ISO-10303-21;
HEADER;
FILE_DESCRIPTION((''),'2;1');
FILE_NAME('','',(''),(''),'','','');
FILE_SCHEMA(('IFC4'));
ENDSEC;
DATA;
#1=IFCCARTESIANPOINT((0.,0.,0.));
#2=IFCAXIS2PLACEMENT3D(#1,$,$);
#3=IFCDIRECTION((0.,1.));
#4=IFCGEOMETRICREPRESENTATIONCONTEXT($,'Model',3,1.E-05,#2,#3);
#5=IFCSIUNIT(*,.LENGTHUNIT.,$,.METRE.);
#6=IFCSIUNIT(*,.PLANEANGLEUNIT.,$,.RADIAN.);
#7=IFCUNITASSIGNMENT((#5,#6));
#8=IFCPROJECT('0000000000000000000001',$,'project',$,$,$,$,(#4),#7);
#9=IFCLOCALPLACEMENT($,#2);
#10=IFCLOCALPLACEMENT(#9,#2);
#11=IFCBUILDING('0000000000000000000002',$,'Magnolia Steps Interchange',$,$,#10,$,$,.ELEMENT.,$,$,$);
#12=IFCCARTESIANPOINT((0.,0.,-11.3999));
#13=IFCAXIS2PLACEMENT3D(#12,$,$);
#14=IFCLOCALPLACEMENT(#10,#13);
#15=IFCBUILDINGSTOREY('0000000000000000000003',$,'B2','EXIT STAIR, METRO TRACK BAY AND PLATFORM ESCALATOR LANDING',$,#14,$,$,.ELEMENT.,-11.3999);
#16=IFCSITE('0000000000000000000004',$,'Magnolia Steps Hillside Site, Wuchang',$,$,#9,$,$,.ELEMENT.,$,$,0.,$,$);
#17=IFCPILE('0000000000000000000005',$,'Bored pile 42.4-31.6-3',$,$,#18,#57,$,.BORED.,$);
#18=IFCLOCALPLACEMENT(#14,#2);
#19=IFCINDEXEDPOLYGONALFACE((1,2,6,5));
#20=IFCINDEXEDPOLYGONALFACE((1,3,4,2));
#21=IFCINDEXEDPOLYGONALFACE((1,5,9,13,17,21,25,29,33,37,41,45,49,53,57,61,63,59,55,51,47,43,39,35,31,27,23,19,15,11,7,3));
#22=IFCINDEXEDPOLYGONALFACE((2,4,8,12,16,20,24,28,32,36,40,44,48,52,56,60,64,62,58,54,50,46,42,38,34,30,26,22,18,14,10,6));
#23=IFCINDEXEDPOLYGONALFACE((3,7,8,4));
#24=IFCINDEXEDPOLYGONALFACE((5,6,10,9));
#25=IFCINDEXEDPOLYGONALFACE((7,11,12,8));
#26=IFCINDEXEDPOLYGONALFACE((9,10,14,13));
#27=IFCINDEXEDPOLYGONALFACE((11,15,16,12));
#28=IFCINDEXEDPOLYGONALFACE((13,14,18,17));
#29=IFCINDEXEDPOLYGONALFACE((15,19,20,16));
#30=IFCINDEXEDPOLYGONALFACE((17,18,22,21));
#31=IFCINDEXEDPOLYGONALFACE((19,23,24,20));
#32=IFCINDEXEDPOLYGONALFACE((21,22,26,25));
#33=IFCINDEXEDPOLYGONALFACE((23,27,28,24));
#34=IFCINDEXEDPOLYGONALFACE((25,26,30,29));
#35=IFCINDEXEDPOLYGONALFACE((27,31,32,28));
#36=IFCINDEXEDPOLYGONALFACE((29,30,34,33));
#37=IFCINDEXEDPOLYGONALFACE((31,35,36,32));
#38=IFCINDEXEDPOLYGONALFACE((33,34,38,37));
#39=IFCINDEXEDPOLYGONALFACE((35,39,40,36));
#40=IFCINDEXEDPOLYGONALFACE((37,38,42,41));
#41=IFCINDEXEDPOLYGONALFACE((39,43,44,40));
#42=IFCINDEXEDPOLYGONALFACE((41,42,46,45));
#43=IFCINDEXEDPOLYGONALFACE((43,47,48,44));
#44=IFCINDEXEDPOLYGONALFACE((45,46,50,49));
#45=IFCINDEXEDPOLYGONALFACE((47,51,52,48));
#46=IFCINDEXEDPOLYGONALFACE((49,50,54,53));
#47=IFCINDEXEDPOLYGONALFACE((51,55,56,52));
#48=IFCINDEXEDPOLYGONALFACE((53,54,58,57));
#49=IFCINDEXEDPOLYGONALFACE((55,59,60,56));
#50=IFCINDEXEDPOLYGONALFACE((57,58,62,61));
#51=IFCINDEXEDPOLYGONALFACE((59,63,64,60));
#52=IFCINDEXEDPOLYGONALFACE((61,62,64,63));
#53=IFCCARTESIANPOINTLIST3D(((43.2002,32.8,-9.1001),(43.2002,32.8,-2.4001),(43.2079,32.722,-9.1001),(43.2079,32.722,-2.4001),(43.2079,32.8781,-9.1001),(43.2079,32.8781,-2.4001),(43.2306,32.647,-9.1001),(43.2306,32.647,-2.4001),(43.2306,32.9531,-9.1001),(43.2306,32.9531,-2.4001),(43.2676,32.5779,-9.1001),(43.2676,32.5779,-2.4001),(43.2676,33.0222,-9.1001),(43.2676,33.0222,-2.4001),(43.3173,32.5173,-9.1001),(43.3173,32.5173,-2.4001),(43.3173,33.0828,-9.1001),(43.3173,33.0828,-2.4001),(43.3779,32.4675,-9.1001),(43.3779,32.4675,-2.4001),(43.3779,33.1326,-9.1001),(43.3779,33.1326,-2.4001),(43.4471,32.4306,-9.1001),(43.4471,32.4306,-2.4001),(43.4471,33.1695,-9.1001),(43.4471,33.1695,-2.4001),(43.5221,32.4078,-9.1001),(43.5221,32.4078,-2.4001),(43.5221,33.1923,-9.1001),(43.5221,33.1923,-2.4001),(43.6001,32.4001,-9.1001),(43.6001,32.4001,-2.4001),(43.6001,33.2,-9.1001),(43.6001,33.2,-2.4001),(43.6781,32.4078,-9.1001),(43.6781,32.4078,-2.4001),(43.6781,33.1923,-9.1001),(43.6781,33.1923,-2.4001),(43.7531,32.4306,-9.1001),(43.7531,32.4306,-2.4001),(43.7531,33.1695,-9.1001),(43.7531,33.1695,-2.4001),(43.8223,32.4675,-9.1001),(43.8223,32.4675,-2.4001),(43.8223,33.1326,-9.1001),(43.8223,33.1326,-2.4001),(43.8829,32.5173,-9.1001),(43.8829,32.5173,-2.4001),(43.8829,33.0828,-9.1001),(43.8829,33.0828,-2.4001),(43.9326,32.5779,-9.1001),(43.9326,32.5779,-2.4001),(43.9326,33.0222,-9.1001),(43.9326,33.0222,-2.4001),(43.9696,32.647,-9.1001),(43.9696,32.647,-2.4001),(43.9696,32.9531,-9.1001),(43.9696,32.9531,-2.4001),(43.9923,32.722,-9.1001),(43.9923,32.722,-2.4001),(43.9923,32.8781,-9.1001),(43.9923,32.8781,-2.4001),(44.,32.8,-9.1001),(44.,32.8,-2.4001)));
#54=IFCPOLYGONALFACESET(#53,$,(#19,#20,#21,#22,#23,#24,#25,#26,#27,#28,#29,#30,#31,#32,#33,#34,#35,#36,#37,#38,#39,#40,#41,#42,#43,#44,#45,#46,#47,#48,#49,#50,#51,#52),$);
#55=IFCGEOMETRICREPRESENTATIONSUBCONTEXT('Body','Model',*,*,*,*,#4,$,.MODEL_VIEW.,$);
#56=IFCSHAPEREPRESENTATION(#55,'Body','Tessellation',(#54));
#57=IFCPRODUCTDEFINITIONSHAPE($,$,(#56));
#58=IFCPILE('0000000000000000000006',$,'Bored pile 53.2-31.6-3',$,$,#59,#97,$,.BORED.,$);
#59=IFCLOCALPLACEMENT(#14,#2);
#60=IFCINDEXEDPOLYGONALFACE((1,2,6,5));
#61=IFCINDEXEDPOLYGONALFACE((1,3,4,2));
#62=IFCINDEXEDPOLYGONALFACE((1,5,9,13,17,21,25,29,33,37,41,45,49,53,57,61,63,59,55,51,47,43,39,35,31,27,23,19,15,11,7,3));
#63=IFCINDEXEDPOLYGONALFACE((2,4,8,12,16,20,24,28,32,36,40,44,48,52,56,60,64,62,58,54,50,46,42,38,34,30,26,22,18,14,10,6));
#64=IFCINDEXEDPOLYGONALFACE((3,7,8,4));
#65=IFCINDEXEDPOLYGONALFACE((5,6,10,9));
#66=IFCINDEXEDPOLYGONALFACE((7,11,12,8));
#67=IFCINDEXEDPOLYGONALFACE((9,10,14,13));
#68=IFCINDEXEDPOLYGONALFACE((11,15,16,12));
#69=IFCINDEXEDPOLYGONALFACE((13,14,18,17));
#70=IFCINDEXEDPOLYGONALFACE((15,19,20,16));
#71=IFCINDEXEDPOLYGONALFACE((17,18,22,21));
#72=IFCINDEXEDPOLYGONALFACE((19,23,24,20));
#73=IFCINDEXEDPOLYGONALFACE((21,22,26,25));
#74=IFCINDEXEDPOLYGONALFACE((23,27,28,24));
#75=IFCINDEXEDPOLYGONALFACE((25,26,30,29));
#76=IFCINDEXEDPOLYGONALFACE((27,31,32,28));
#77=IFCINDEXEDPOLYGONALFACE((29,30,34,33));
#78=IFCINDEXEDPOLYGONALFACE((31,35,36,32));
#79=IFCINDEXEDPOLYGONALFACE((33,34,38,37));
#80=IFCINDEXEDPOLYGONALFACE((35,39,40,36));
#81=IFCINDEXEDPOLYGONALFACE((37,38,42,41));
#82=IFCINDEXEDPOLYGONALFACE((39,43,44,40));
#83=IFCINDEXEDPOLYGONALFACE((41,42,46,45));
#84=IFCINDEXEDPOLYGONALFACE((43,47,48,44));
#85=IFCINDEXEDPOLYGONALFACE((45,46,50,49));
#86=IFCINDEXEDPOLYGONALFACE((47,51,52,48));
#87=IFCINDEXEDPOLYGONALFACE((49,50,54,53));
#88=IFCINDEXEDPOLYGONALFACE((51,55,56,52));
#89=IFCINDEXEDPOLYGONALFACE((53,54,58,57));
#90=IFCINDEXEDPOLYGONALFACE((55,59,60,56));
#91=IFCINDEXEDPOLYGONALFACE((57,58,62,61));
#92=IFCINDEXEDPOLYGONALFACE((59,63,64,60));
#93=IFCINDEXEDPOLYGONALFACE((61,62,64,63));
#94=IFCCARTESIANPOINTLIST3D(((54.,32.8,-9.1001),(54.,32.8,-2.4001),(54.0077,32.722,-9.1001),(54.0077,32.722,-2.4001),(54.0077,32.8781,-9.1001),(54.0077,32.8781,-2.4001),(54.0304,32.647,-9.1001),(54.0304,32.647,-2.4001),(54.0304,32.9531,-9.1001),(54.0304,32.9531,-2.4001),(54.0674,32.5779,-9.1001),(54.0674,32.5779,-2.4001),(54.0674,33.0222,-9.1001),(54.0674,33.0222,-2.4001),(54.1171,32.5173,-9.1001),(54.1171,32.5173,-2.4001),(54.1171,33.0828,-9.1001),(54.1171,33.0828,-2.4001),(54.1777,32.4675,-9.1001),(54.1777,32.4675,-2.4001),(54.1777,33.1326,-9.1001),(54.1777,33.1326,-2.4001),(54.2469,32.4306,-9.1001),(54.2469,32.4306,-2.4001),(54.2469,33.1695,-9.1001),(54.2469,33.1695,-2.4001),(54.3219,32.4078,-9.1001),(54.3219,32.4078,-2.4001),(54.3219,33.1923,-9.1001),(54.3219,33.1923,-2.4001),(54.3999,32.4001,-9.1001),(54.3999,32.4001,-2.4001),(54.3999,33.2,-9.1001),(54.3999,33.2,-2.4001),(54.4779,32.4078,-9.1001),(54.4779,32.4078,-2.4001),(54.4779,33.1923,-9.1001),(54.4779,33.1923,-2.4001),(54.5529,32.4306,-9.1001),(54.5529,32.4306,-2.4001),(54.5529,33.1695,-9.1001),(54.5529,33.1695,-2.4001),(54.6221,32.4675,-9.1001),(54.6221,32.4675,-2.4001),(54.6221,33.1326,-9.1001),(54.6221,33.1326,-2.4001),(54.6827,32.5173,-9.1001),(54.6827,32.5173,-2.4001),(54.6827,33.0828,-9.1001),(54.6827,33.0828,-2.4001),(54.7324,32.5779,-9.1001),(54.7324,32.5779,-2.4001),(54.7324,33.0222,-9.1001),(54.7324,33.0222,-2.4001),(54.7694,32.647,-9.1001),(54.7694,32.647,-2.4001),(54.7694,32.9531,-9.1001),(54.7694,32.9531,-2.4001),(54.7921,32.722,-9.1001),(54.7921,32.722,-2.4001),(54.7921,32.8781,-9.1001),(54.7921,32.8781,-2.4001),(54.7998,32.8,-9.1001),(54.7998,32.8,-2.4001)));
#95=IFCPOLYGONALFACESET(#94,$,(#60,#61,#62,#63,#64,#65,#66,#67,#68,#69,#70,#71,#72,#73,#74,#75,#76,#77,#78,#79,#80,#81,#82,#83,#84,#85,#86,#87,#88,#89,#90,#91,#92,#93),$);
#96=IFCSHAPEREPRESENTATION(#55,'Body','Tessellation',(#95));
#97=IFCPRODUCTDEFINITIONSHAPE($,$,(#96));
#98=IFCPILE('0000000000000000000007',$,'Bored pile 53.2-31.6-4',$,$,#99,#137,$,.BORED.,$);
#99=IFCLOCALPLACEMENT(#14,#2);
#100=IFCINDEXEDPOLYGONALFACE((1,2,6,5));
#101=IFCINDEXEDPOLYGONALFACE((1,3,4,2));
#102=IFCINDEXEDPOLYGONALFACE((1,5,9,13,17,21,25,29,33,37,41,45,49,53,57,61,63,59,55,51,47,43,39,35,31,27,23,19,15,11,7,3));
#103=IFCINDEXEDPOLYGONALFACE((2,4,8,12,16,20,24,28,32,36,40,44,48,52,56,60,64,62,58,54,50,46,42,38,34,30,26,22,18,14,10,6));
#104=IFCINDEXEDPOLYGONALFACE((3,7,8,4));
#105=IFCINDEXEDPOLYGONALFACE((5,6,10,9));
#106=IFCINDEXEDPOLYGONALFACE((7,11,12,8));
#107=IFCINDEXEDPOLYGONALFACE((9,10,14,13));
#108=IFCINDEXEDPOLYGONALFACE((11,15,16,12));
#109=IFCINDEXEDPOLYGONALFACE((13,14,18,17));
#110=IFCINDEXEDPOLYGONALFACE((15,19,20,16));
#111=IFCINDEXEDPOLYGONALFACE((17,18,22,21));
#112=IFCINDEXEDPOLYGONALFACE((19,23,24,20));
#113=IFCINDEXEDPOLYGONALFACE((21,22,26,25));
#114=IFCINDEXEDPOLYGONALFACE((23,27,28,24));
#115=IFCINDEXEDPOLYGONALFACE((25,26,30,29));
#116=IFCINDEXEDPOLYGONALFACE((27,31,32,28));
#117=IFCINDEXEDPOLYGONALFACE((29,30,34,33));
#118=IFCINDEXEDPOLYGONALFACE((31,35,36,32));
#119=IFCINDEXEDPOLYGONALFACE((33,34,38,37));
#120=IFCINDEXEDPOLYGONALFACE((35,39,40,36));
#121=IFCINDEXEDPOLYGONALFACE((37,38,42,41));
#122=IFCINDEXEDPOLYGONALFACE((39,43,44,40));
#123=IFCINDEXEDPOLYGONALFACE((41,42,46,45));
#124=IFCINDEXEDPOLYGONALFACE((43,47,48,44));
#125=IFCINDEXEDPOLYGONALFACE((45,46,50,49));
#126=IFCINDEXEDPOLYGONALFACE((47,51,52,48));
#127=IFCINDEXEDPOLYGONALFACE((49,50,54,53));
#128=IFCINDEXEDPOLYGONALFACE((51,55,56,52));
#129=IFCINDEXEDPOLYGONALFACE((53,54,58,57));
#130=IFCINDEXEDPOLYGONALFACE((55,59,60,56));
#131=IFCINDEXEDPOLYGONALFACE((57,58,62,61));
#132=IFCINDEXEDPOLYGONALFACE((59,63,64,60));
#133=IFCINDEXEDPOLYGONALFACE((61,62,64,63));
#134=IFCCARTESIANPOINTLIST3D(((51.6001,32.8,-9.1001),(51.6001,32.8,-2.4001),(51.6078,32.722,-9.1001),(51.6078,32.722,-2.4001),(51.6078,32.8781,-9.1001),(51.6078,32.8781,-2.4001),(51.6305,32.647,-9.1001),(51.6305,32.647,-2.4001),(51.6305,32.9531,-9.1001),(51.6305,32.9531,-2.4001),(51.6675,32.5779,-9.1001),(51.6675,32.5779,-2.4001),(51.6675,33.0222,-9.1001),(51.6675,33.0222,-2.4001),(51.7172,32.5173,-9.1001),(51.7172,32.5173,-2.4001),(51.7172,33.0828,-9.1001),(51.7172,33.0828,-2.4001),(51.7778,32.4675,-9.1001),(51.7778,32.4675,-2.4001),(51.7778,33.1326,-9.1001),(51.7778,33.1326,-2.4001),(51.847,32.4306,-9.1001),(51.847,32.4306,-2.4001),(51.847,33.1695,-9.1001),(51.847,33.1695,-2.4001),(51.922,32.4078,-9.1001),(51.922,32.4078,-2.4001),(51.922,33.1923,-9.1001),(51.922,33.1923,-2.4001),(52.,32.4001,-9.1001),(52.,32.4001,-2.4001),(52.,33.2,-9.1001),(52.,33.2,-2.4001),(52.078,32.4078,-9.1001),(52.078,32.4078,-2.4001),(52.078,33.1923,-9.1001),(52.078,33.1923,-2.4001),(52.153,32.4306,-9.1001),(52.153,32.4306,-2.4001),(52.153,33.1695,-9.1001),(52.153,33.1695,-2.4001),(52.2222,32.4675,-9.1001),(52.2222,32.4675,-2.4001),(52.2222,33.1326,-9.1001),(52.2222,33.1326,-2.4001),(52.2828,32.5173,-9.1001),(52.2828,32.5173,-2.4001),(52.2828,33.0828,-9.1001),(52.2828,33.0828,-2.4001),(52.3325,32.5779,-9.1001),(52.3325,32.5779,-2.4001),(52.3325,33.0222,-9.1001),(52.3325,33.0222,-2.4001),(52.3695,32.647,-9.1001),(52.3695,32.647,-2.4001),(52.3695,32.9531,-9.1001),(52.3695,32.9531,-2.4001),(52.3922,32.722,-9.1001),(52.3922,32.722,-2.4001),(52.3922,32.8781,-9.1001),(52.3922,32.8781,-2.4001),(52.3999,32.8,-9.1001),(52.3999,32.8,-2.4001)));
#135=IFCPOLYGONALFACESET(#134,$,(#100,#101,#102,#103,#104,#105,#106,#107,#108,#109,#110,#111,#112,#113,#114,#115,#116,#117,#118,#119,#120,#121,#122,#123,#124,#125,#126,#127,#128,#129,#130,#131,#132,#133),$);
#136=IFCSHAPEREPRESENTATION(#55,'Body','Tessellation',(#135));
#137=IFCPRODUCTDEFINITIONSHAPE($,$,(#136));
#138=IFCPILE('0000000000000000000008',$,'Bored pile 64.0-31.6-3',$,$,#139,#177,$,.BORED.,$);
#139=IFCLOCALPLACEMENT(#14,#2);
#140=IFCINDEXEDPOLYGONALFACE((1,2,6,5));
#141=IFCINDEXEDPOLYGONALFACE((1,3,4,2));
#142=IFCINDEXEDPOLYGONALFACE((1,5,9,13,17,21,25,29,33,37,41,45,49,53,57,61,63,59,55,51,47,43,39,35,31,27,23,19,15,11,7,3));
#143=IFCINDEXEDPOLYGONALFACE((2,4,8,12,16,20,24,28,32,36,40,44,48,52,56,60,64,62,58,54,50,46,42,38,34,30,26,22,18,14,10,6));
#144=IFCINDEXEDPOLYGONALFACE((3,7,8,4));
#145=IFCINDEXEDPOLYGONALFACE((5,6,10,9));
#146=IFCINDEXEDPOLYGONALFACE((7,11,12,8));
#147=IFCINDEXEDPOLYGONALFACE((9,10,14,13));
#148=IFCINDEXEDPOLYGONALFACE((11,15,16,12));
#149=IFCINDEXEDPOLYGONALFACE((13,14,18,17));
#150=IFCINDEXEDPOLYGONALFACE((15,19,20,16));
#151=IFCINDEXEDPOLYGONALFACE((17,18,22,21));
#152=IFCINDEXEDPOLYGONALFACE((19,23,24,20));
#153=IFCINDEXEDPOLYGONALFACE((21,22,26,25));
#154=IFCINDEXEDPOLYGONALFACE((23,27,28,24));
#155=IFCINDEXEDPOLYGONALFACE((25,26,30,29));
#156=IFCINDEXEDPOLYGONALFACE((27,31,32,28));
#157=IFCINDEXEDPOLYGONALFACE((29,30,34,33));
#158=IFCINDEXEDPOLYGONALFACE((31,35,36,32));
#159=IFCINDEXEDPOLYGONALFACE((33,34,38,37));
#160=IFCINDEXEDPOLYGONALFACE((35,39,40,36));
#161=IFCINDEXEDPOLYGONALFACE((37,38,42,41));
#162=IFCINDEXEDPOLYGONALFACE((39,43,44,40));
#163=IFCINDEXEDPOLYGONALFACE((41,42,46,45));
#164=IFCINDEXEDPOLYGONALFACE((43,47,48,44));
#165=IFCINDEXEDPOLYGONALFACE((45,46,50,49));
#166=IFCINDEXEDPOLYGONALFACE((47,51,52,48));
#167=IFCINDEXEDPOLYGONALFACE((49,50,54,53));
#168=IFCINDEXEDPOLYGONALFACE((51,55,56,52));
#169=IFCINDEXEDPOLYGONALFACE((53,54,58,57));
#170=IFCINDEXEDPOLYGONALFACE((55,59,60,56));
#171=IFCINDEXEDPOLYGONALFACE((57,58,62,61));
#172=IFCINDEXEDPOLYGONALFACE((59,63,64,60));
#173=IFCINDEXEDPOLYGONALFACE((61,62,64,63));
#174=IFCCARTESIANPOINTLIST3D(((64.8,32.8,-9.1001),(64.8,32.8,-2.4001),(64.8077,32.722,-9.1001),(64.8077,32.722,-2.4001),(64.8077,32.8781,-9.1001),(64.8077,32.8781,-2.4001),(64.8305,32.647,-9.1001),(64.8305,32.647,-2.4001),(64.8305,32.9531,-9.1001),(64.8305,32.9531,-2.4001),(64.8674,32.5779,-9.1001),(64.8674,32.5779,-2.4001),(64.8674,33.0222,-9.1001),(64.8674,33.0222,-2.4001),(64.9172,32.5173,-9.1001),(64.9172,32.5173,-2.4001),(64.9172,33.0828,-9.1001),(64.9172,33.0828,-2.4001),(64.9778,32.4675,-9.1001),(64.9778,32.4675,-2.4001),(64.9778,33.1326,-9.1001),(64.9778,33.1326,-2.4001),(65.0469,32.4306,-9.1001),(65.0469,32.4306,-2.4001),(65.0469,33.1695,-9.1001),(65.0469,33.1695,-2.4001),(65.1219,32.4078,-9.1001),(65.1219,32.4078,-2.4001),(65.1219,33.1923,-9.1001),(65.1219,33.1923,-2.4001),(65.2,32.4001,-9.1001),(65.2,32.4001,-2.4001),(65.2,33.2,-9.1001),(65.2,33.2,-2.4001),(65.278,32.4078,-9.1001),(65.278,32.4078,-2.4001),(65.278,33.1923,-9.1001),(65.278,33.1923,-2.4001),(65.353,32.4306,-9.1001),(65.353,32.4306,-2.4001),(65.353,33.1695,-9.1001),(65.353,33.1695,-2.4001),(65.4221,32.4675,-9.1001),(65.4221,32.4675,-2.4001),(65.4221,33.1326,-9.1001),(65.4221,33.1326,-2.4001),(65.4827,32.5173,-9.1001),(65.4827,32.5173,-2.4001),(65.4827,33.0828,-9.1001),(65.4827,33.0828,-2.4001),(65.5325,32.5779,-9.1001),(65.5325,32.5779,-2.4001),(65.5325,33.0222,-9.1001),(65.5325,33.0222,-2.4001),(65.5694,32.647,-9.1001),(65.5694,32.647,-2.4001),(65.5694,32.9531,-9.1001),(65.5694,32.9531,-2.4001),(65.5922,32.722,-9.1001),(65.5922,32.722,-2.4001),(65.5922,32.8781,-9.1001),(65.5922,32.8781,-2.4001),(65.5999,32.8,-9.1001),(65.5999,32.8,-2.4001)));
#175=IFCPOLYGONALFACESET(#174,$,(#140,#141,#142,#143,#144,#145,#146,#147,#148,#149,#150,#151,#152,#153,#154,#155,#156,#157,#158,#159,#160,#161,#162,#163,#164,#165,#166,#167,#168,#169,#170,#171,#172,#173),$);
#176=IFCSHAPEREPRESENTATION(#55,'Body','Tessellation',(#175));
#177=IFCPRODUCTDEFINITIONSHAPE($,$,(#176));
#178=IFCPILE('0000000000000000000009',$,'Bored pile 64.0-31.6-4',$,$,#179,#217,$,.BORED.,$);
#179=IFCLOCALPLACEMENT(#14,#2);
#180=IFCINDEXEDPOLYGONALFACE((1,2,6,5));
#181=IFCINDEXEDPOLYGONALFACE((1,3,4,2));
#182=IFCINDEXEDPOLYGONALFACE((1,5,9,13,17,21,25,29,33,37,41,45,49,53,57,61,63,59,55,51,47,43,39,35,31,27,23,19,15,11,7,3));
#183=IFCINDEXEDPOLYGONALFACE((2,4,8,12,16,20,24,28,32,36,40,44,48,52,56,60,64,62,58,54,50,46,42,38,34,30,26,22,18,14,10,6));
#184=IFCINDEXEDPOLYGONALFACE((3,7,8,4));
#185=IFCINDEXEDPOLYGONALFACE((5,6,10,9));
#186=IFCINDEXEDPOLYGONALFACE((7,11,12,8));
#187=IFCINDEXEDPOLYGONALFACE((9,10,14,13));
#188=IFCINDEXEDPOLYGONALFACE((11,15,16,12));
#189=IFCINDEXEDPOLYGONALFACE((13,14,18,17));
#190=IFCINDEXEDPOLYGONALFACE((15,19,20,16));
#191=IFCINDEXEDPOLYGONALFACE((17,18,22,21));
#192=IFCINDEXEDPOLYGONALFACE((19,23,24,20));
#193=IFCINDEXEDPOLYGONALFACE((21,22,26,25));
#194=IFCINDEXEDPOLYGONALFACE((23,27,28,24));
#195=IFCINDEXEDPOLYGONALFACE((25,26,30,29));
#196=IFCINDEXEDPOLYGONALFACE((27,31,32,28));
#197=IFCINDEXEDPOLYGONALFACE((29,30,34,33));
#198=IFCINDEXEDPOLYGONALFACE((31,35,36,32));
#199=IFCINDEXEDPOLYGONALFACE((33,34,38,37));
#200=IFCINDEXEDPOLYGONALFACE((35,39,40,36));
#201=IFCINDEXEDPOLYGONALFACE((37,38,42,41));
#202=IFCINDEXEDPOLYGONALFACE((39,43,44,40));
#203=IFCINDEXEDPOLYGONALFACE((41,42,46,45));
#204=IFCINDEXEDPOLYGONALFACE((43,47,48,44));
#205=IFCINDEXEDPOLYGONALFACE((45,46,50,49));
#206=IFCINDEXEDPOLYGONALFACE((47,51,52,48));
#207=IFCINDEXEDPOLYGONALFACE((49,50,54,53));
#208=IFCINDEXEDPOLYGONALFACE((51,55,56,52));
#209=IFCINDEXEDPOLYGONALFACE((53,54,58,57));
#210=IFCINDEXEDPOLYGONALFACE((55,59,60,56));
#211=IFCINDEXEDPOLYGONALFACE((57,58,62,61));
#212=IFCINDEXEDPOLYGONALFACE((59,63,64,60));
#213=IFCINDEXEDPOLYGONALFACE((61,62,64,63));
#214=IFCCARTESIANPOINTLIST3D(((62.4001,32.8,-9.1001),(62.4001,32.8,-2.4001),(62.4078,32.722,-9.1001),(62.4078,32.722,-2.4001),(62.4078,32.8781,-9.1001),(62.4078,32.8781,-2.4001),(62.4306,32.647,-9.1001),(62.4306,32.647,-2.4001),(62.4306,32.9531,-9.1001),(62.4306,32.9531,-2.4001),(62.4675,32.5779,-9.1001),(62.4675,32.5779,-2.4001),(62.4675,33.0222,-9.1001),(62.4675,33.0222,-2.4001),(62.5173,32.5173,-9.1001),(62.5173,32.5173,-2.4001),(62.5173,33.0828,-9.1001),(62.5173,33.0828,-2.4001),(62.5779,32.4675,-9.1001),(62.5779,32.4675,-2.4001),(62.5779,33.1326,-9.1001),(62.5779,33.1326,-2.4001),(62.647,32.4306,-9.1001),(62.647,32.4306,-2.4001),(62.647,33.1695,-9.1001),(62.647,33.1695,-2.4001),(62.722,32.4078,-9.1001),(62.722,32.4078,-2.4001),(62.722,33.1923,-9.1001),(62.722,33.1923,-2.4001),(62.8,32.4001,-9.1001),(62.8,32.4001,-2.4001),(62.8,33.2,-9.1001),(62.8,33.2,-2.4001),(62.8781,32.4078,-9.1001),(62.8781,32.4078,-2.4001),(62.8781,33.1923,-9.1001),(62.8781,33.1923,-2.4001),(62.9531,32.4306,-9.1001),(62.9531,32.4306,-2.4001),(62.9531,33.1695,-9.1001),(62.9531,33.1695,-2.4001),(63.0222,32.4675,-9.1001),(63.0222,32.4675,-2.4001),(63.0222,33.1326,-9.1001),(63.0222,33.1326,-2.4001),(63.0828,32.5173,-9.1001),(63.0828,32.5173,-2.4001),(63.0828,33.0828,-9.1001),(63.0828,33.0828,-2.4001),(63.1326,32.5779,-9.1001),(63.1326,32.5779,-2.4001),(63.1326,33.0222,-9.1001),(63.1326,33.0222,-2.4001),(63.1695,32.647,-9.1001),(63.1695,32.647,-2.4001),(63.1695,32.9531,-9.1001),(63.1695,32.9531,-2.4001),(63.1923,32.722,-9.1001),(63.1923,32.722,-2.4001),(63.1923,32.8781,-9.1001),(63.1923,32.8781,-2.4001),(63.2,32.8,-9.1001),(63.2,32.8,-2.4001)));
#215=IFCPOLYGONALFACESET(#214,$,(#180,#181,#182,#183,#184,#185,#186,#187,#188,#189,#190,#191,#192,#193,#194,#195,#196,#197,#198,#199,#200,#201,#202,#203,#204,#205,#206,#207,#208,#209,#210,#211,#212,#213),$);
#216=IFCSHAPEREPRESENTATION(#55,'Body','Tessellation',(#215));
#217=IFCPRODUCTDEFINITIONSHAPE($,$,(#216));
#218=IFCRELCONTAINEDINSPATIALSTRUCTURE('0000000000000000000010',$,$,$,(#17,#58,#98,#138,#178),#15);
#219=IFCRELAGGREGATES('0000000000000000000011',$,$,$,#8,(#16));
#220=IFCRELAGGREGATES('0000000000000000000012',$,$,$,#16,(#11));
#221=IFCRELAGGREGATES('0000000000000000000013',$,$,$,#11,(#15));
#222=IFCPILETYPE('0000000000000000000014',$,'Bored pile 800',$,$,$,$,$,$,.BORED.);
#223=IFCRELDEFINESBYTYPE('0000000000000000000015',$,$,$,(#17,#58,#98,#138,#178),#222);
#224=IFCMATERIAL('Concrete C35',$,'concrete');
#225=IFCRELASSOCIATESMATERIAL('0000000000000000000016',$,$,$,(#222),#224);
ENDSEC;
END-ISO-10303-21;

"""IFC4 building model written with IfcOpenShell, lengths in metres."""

from ifc_helpers import new_model, si_unit, direction, frame, origin, origin_2d, place, context, subcontext, project, spatial, circle, extrude, material, material_profile, profile_set, type_object, element, save


model = new_model("IFC4")

# Units and contexts
model_context = context("Model", 3, precision=1e-05, world=origin(), true_north=direction((0.0, 1.0)))
body_context = subcontext(model_context, "Body", "Model", "MODEL_VIEW")
ifc_project = project(units=[si_unit("LENGTHUNIT", "METRE"), si_unit("PLANEANGLEUNIT", "RADIAN")], contexts=[model_context])

# Site, building, storey
site_placement = place(None, origin())
site = spatial("IfcSite", under=ifc_project, at=site_placement, Name="Magnolia Steps Hillside Site, Wuchang", CompositionType="ELEMENT", RefElevation=0.0)
building_placement = place(site_placement, origin())
building = spatial("IfcBuilding", under=site, at=building_placement, Name="Magnolia Steps Interchange", CompositionType="ELEMENT")
storey_placement = place(building_placement, frame((0.0, 0.0, -11.3999)))
storey = spatial("IfcBuildingStorey", under=building, at=storey_placement, Name="B2", Description="EXIT STAIR, METRO TRACK BAY AND PLATFORM ESCALATOR LANDING", CompositionType="ELEMENT", Elevation=-11.3999)

# Piles
ifc_material_1 = material(Name="Concrete C35", Category="concrete")
ifc_material_profile_1 = material_profile(ifc_material_1, circle(Radius=0.3999, at=origin_2d()), Name="Bored pile 800")
ifc_profile_set_1 = profile_set([ifc_material_profile_1], Name="Concrete C35")
pile_type = type_object("IfcPileType", Name="Bored pile 800", PredefinedType="BORED", material=ifc_profile_set_1)
for number, where, z_axis, x_axis, name in (
    (1, (43.6001, 32.8, -2.4001), (0.0, 0.0, -1.0), (1.0, 0.0, 0.0), "Bored pile 42.4-31.6-3"),
    (2, (54.3999, 32.8, -2.4001), (0.0, 0.0, -1.0), (1.0, 0.0, 0.0), "Bored pile 53.2-31.6-3"),
    (3, (52.0, 32.8, -2.4001), (0.0, 0.0, -1.0), (1.0, 0.0, 0.0), "Bored pile 53.2-31.6-4"),
    (4, (65.2, 32.8, -2.4001), (0.0, 0.0, -1.0), (1.0, 0.0, 0.0), "Bored pile 64.0-31.6-3"),
    (5, (62.8, 32.8, -2.4001), (0.0, 0.0, -1.0), (1.0, 0.0, 0.0), "Bored pile 64.0-31.6-4"),
):
    element("IfcPile", number, at=place(storey_placement, frame(where, z_axis=z_axis, x_axis=x_axis)), inside=storey, type_object=pile_type, Name=name, PredefinedType="BORED", context=body_context, shape_type="SweptSolid", body=[
        extrude(circle(Radius=0.3999, at=origin_2d()), origin(), (0.0, 0.0, 1.0), 6.7),
    ])

save(model, "model.ifc")
